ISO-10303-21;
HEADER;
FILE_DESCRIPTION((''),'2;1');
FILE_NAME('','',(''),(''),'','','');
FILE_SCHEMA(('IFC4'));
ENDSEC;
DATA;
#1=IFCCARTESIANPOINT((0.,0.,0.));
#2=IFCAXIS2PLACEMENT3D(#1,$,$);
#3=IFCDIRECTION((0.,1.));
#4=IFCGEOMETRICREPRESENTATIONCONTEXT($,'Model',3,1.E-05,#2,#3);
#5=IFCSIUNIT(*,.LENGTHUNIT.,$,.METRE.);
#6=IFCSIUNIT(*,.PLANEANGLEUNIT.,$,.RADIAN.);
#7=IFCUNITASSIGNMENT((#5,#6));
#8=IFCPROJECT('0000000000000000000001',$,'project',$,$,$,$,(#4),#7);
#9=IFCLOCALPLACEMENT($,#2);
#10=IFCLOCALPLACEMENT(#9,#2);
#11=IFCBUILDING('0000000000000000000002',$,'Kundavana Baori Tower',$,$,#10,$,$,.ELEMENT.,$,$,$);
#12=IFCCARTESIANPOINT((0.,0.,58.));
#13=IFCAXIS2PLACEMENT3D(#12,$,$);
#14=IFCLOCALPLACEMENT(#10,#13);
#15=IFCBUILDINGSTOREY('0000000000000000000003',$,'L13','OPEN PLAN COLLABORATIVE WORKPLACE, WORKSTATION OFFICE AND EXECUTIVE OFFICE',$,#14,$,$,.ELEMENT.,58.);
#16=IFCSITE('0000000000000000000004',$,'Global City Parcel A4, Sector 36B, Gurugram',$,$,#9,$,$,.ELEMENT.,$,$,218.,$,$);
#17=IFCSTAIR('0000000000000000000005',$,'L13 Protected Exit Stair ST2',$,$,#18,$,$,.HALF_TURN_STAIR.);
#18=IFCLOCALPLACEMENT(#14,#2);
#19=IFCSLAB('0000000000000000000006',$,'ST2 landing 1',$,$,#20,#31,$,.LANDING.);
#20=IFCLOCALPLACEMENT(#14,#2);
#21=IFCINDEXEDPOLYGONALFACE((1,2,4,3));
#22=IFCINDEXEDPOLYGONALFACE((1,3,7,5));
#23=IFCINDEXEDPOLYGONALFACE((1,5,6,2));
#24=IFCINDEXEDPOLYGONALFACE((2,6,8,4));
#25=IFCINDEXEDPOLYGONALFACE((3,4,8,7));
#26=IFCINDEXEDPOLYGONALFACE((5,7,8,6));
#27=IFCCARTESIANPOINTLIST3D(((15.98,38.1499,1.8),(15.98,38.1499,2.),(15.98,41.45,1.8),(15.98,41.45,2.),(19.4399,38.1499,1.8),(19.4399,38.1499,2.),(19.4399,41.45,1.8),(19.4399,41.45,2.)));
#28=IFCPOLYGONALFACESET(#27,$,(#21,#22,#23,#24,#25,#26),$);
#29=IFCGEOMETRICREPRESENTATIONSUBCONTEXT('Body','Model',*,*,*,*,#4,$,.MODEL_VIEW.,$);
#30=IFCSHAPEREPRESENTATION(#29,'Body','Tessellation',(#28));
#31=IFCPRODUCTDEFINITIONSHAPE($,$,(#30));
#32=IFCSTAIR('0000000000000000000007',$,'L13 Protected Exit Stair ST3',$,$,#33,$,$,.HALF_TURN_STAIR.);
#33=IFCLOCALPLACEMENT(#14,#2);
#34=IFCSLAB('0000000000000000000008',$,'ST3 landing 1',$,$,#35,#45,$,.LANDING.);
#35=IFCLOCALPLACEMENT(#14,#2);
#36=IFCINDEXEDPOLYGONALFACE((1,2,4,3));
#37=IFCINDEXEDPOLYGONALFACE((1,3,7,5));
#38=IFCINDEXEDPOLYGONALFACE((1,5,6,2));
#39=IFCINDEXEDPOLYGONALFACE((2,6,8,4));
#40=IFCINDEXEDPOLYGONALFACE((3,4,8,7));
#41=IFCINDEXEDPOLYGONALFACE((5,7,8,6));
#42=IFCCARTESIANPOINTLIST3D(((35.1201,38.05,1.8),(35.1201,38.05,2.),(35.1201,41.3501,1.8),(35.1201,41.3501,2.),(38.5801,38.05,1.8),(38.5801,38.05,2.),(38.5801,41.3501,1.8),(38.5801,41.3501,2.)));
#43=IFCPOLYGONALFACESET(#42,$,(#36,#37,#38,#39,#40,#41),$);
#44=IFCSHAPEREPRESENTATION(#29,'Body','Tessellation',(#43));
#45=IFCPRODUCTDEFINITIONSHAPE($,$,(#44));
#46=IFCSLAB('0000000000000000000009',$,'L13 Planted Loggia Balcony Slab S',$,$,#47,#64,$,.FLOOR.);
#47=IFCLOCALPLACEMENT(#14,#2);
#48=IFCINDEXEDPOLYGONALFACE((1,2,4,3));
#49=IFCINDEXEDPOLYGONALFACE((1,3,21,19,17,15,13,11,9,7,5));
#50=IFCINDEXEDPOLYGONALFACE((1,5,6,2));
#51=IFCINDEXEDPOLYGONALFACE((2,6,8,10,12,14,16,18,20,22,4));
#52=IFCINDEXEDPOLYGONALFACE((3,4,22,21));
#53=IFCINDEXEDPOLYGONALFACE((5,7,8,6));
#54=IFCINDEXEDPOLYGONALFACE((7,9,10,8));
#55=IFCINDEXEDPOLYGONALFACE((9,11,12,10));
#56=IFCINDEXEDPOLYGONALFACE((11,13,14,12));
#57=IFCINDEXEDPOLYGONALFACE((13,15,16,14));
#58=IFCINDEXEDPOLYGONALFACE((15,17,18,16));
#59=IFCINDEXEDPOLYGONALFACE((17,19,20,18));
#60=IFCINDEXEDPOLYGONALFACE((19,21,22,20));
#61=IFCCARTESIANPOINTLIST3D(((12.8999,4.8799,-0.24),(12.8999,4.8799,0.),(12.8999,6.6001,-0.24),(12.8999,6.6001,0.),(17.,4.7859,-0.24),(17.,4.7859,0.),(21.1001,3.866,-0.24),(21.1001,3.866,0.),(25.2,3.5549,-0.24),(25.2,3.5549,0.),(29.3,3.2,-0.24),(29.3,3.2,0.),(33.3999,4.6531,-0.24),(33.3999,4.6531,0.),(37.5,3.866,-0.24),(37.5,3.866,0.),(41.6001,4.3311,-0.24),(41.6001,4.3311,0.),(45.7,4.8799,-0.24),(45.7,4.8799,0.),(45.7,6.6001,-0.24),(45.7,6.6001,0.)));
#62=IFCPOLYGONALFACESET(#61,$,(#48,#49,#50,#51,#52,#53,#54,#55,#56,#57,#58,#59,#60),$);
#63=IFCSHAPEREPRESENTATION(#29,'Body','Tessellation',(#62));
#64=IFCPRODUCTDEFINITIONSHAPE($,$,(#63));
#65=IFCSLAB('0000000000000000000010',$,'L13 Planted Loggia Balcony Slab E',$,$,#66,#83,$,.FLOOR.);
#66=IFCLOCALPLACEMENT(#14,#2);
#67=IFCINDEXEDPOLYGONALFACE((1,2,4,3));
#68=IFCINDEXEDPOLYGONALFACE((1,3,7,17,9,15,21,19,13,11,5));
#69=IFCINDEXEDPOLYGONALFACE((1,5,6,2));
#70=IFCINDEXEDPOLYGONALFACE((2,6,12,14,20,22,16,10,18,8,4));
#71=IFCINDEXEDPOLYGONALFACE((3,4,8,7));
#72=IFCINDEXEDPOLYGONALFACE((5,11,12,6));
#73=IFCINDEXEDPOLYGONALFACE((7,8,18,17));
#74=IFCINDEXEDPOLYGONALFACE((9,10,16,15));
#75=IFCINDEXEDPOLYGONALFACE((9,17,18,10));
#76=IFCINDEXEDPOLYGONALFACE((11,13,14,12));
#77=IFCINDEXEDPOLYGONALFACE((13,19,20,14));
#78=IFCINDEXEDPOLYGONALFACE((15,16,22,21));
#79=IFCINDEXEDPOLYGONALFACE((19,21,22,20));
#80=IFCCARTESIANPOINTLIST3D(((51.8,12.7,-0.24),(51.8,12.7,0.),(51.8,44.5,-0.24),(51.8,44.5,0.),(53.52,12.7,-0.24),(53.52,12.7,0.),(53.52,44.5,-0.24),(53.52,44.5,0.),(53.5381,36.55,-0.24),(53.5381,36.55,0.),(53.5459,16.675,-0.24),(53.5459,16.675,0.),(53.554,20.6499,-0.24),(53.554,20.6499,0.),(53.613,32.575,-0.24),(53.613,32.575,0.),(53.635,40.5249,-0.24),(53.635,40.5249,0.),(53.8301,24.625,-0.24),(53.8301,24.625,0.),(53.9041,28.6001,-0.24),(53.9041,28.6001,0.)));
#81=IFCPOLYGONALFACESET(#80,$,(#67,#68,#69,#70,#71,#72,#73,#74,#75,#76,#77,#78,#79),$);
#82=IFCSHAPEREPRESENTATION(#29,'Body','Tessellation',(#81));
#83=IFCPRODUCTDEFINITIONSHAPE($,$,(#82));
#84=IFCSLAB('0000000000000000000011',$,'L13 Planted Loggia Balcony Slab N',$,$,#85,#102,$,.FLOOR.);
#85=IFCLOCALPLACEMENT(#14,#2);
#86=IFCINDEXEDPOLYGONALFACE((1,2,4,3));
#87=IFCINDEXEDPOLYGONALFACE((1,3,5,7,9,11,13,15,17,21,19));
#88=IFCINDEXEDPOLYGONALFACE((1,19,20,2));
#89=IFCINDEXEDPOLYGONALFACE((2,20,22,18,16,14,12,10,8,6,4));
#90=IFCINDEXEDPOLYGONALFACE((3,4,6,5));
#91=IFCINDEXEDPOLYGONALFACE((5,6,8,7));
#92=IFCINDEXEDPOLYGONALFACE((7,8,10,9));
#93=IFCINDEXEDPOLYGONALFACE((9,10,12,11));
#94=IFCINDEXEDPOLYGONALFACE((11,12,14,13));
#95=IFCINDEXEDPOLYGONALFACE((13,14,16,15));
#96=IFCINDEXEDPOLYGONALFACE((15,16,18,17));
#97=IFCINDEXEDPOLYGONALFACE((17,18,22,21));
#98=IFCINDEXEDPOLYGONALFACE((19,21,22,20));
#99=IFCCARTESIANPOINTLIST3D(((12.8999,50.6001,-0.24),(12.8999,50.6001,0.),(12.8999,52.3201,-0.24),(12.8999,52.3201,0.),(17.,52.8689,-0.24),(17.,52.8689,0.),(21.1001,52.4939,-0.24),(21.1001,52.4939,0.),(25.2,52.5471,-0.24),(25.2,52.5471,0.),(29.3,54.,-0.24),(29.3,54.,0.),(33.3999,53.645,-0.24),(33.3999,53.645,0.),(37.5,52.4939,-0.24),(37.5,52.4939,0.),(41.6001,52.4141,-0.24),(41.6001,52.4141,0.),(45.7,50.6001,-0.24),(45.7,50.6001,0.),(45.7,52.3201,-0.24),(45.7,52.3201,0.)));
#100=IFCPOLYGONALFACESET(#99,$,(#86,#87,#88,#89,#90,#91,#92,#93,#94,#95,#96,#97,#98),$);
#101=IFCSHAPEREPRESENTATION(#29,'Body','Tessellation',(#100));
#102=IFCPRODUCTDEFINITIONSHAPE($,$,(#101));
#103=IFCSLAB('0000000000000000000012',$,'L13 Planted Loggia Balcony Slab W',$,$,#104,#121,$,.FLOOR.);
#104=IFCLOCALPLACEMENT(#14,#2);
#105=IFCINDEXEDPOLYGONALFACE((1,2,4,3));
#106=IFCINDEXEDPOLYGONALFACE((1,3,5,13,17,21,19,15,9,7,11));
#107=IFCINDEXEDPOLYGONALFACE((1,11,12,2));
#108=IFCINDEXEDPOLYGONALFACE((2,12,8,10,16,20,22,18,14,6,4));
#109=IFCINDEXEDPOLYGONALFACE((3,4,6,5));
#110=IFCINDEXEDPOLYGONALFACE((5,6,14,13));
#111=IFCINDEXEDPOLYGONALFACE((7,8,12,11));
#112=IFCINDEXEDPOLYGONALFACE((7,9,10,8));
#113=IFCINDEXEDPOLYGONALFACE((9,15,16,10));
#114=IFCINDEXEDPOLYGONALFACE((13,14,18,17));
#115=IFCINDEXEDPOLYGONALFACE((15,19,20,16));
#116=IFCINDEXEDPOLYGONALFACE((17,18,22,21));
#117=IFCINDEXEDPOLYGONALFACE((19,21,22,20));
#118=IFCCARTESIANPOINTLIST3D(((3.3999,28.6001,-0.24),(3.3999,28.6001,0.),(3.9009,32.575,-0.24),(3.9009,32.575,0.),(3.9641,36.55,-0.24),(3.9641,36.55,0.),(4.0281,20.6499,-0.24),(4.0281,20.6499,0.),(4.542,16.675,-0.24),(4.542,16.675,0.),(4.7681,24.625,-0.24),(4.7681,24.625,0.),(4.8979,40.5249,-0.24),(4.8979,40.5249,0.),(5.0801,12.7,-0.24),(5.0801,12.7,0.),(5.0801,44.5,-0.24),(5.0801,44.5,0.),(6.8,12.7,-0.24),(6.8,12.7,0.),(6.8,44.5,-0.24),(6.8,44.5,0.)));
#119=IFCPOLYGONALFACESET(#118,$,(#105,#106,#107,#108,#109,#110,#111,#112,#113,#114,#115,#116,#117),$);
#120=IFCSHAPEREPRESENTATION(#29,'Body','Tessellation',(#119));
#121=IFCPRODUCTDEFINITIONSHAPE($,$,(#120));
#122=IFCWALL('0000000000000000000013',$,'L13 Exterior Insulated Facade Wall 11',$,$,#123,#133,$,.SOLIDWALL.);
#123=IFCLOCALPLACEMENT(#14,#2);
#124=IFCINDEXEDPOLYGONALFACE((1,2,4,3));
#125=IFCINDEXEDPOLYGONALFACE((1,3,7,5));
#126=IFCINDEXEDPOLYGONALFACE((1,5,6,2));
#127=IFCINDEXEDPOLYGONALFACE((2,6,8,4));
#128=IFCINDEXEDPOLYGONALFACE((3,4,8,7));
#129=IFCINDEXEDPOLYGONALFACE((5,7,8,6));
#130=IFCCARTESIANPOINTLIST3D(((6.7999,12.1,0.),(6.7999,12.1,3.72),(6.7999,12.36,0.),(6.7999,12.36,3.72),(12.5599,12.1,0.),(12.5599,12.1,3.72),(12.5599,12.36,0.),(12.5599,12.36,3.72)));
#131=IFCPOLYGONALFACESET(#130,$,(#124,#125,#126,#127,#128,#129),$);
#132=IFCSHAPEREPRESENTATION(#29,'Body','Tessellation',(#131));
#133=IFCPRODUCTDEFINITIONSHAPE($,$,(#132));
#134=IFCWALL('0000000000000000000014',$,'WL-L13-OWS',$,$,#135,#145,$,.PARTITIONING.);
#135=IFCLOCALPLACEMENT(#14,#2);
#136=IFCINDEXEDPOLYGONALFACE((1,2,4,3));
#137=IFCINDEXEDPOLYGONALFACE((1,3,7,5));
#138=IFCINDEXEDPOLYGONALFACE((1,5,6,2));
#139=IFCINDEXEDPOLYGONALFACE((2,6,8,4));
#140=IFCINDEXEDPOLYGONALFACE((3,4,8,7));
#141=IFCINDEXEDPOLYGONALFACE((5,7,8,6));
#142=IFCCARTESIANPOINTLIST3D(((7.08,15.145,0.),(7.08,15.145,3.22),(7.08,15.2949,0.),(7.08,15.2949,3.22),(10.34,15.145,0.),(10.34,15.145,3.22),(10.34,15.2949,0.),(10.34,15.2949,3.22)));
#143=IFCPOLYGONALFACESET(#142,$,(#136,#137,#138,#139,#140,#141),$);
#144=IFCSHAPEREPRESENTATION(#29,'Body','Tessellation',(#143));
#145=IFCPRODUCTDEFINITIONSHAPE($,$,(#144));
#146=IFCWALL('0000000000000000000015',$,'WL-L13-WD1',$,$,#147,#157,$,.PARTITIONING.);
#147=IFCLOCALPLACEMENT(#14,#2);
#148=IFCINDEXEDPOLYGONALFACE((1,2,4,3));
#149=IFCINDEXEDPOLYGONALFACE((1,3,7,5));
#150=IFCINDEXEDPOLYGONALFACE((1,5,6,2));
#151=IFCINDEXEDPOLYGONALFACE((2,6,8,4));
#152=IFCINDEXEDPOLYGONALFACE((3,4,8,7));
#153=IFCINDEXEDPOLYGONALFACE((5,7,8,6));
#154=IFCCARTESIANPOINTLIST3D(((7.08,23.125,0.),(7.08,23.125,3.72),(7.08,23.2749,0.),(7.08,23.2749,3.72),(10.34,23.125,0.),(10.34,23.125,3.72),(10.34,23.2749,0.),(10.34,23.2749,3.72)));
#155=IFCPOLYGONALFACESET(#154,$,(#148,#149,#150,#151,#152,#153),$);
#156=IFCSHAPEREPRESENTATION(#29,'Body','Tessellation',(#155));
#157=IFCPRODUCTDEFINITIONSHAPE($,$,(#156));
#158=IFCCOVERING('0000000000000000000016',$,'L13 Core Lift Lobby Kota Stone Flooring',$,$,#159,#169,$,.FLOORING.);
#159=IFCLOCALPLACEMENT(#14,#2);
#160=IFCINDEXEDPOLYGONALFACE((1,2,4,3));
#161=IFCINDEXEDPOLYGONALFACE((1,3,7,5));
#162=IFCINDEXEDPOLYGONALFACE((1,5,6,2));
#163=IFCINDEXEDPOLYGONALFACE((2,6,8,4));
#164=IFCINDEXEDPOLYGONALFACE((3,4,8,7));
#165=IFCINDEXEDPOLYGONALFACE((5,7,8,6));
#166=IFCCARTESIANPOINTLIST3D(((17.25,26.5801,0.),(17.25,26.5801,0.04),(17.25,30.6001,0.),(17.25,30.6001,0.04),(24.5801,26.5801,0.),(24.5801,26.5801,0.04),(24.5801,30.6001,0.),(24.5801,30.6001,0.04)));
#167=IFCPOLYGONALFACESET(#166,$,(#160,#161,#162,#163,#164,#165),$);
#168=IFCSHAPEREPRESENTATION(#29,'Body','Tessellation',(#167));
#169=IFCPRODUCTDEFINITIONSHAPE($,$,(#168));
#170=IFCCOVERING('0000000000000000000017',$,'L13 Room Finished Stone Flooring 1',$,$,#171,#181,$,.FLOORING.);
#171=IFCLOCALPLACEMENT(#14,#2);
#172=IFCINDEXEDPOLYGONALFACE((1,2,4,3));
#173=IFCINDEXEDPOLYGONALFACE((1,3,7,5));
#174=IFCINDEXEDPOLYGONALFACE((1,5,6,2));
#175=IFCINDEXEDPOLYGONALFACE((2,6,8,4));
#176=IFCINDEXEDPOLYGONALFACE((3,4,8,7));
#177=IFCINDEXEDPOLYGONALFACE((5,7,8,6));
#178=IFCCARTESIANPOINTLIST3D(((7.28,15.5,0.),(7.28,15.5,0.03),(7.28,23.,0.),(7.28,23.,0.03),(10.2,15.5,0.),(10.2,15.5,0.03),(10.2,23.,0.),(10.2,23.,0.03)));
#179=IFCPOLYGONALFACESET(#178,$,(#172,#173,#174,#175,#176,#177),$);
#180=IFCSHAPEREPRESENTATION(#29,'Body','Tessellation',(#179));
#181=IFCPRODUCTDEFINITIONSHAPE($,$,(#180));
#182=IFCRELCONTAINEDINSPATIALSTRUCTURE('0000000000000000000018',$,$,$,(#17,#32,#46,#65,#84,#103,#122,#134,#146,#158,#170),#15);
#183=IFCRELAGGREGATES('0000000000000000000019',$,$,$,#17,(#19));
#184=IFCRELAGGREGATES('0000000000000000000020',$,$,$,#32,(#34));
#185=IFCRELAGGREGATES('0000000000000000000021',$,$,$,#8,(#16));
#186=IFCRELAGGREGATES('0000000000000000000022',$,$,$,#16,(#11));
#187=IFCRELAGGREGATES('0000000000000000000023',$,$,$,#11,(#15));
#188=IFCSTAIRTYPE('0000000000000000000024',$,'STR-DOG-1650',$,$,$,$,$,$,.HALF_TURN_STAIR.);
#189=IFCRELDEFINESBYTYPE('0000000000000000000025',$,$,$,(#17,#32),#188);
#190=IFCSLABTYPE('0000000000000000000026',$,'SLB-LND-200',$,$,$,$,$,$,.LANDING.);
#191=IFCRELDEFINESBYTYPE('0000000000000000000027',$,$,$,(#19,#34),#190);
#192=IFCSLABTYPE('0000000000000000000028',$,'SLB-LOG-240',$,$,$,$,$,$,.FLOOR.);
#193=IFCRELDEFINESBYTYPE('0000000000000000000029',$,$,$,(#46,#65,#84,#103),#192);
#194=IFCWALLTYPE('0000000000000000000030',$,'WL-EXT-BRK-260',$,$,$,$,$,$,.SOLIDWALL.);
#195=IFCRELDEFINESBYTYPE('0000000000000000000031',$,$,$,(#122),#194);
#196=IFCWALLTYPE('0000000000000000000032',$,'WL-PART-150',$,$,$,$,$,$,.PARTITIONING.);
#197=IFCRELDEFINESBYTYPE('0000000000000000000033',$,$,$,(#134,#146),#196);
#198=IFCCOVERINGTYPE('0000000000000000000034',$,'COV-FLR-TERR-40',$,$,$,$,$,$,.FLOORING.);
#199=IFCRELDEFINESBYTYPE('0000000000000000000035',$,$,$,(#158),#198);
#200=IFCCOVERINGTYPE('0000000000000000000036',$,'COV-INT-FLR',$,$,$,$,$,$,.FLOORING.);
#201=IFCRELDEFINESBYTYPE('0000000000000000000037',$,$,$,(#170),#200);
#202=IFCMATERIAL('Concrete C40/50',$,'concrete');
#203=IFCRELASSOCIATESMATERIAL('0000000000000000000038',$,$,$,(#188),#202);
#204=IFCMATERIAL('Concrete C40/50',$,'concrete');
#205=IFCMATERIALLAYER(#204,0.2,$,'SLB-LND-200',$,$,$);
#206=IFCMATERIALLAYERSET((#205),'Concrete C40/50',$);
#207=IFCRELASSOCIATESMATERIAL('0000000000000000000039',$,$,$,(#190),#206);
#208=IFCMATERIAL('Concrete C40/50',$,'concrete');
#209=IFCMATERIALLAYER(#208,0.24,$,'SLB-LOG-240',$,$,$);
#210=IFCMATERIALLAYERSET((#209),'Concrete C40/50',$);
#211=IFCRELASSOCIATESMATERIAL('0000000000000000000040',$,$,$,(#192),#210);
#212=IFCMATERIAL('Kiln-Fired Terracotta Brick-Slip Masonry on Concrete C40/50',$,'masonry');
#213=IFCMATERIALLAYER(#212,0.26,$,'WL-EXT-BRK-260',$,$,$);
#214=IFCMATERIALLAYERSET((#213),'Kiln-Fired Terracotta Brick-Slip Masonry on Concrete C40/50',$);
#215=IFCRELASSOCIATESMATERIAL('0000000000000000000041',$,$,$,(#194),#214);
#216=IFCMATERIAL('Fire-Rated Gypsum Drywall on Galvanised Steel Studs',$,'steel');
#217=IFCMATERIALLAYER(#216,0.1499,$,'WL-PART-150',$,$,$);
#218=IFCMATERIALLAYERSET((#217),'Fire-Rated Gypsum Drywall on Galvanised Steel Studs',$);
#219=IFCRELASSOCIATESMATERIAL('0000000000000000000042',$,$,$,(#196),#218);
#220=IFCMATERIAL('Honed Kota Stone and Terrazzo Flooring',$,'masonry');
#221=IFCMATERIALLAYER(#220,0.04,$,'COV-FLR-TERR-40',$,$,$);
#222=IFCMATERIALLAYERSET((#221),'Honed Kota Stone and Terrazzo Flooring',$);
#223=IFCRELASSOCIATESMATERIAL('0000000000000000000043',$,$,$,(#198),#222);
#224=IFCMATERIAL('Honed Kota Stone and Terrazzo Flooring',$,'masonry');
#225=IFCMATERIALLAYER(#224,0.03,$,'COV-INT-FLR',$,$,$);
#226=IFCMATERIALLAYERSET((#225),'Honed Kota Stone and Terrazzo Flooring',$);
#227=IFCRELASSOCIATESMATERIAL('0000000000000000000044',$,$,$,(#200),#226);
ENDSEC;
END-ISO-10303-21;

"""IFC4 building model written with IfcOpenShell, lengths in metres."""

from ifc_helpers import new_model, si_unit, direction, frame, frame_2d, origin, place, context, subcontext, project, spatial, polyline, rectangle, outline, extrude, material, layer, layer_set, type_object, element, aggregate, save


model = new_model("IFC4")

# Units and contexts
model_context = context("Model", 3, precision=1e-05, world=origin(), true_north=direction((0.0, 1.0)))
body_context = subcontext(model_context, "Body", "Model", "MODEL_VIEW")
ifc_project = project(units=[si_unit("LENGTHUNIT", "METRE"), si_unit("PLANEANGLEUNIT", "RADIAN")], contexts=[model_context])

# Site, building, storey
site_placement = place(None, origin())
site = spatial("IfcSite", under=ifc_project, at=site_placement, Name="Global City Parcel A4, Sector 36B, Gurugram", CompositionType="ELEMENT", RefElevation=218.0)
building_placement = place(site_placement, origin())
building = spatial("IfcBuilding", under=site, at=building_placement, Name="Kundavana Baori Tower", CompositionType="ELEMENT")
storey_placement = place(building_placement, frame((0.0, 0.0, 58.0)))
storey = spatial("IfcBuildingStorey", under=building, at=storey_placement, Name="L13", Description="OPEN PLAN COLLABORATIVE WORKPLACE, WORKSTATION OFFICE AND EXECUTIVE OFFICE", CompositionType="ELEMENT", Elevation=58.0)

# Stairs, slabs
ifc_material_1 = material(Name="Concrete C40/50", Category="concrete")
stair_type = type_object("IfcStairType", Name="STR-DOG-1650", PredefinedType="HALF_TURN_STAIR", material=ifc_material_1)
ifc_material_2 = material(Name="Concrete C40/50", Category="concrete")
ifc_layer_1 = layer(ifc_material_2, 0.2, Name="SLB-LND-200")
ifc_layer_set_1 = layer_set([ifc_layer_1], Name="Concrete C40/50")
slab_type_1 = type_object("IfcSlabType", Name="SLB-LND-200", PredefinedType="LANDING", material=ifc_layer_set_1)
stair_1_placement = place(storey_placement, origin())
stair_1 = element("IfcStair", 1, at=stair_1_placement, inside=storey, type_object=stair_type, Name="L13 Protected Exit Stair ST2", PredefinedType="HALF_TURN_STAIR")
slab_1_placement = place(storey_placement, frame((0.0, 0.0, 1.8)))
slab_1 = element("IfcSlab", 2, at=slab_1_placement, type_object=slab_type_1, Name="ST2 landing 1", PredefinedType="LANDING", context=body_context, shape_type="SweptSolid", body=[
    extrude(outline(polyline([(19.4399, 38.1499), (19.4399, 41.45), (15.98, 41.45), (15.98, 38.1499), (19.4399, 38.1499)])), origin(), (0.0, 0.0, 1.0), 0.2),
])
aggregate(stair_1, [slab_1])
stair_2_placement = place(storey_placement, origin())
stair_2 = element("IfcStair", 3, at=stair_2_placement, inside=storey, type_object=stair_type, Name="L13 Protected Exit Stair ST3", PredefinedType="HALF_TURN_STAIR")
slab_2_placement = place(storey_placement, frame((0.0, 0.0, 1.8)))
slab_2 = element("IfcSlab", 4, at=slab_2_placement, type_object=slab_type_1, Name="ST3 landing 1", PredefinedType="LANDING", context=body_context, shape_type="SweptSolid", body=[
    extrude(outline(polyline([(38.5801, 38.05), (38.5801, 41.3501), (35.1201, 41.3501), (35.1201, 38.05), (38.5801, 38.05)])), origin(), (0.0, 0.0, 1.0), 0.2),
])
aggregate(stair_2, [slab_2])

# Slabs
ifc_material_3 = material(Name="Concrete C40/50", Category="concrete")
ifc_layer_2 = layer(ifc_material_3, 0.24, Name="SLB-LOG-240")
ifc_layer_set_2 = layer_set([ifc_layer_2], Name="Concrete C40/50")
slab_type_2 = type_object("IfcSlabType", Name="SLB-LOG-240", PredefinedType="FLOOR", material=ifc_layer_set_2)
slab_3_placement = place(storey_placement, frame((0.0, 0.0, -0.24)))
element("IfcSlab", 5, at=slab_3_placement, inside=storey, type_object=slab_type_2, Name="L13 Planted Loggia Balcony Slab S", PredefinedType="FLOOR", context=body_context, shape_type="SweptSolid", body=[
    extrude(outline(polyline([(12.8999, 6.6001), (45.7, 6.6001), (45.7, 4.8799), (41.6001, 4.3311), (37.5, 3.866), (33.3999, 4.6531), (29.3, 3.2), (25.2, 3.5549), (21.1001, 3.866), (17.0, 4.7859), (12.8999, 4.8799), (12.8999, 6.6001)])), origin(), (0.0, 0.0, 1.0), 0.24),
])
slab_4_placement = place(storey_placement, frame((0.0, 0.0, -0.24)))
element("IfcSlab", 6, at=slab_4_placement, inside=storey, type_object=slab_type_2, Name="L13 Planted Loggia Balcony Slab E", PredefinedType="FLOOR", context=body_context, shape_type="SweptSolid", body=[
    extrude(outline(polyline([(51.8, 12.7), (51.8, 44.5), (53.52, 44.5), (53.635, 40.5249), (53.5381, 36.55), (53.613, 32.575), (53.9041, 28.6001), (53.8301, 24.625), (53.554, 20.6499), (53.5459, 16.675), (53.52, 12.7), (51.8, 12.7)])), origin(), (0.0, 0.0, 1.0), 0.24),
])
slab_5_placement = place(storey_placement, frame((0.0, 0.0, -0.24)))
element("IfcSlab", 7, at=slab_5_placement, inside=storey, type_object=slab_type_2, Name="L13 Planted Loggia Balcony Slab N", PredefinedType="FLOOR", context=body_context, shape_type="SweptSolid", body=[
    extrude(outline(polyline([(45.7, 50.6001), (12.8999, 50.6001), (12.8999, 52.3201), (17.0, 52.8689), (21.1001, 52.4939), (25.2, 52.5471), (29.3, 54.0), (33.3999, 53.645), (37.5, 52.4939), (41.6001, 52.4141), (45.7, 52.3201), (45.7, 50.6001)])), origin(), (0.0, 0.0, 1.0), 0.24),
])
slab_6_placement = place(storey_placement, frame((0.0, 0.0, -0.24)))
element("IfcSlab", 8, at=slab_6_placement, inside=storey, type_object=slab_type_2, Name="L13 Planted Loggia Balcony Slab W", PredefinedType="FLOOR", context=body_context, shape_type="SweptSolid", body=[
    extrude(outline(polyline([(6.8, 44.5), (6.8, 12.7), (5.0801, 12.7), (4.542, 16.675), (4.0281, 20.6499), (4.7681, 24.625), (3.3999, 28.6001), (3.9009, 32.575), (3.9641, 36.55), (4.8979, 40.5249), (5.0801, 44.5), (6.8, 44.5)])), origin(), (0.0, 0.0, 1.0), 0.24),
])

# Walls
ifc_material_4 = material(Name="Kiln-Fired Terracotta Brick-Slip Masonry on Concrete C40/50", Category="masonry")
ifc_layer_3 = layer(ifc_material_4, 0.26, Name="WL-EXT-BRK-260")
ifc_layer_set_3 = layer_set([ifc_layer_3], Name="Kiln-Fired Terracotta Brick-Slip Masonry on Concrete C40/50")
wall_type_1 = type_object("IfcWallType", Name="WL-EXT-BRK-260", PredefinedType="SOLIDWALL", material=ifc_layer_set_3)
wall_1_placement = place(storey_placement, frame((6.8, 12.23, 0.0), z_axis=(0.0, 0.0, 1.0), x_axis=(1.0, 0.0, 0.0)))
element("IfcWall", 9, at=wall_1_placement, inside=storey, type_object=wall_type_1, Name="L13 Exterior Insulated Facade Wall 11", PredefinedType="SOLIDWALL", context=body_context, shape_type="SweptSolid", body=[
    extrude(rectangle(XDim=5.76, YDim=0.26, at=frame_2d((2.8799, 0.0))), origin(), (0.0, 0.0, 1.0), 3.72),
])
ifc_material_5 = material(Name="Fire-Rated Gypsum Drywall on Galvanised Steel Studs", Category="steel")
ifc_layer_4 = layer(ifc_material_5, 0.1499, Name="WL-PART-150")
ifc_layer_set_4 = layer_set([ifc_layer_4], Name="Fire-Rated Gypsum Drywall on Galvanised Steel Studs")
wall_type_2 = type_object("IfcWallType", Name="WL-PART-150", PredefinedType="PARTITIONING", material=ifc_layer_set_4)
wall_2_placement = place(storey_placement, frame((7.0801, 15.22, 0.0), z_axis=(0.0, 0.0, 1.0), x_axis=(1.0, 0.0, 0.0)))
element("IfcWall", 10, at=wall_2_placement, inside=storey, type_object=wall_type_2, Name="WL-L13-OWS", PredefinedType="PARTITIONING", context=body_context, shape_type="SweptSolid", body=[
    extrude(rectangle(XDim=3.26, YDim=0.1499, at=frame_2d((1.6299, 0.0))), origin(), (0.0, 0.0, 1.0), 3.22),
])
wall_3_placement = place(storey_placement, frame((7.0801, 23.2, 0.0), z_axis=(0.0, 0.0, 1.0), x_axis=(1.0, 0.0, 0.0)))
element("IfcWall", 11, at=wall_3_placement, inside=storey, type_object=wall_type_2, Name="WL-L13-WD1", PredefinedType="PARTITIONING", context=body_context, shape_type="SweptSolid", body=[
    extrude(rectangle(XDim=3.26, YDim=0.1499, at=frame_2d((1.6299, 0.0))), origin(), (0.0, 0.0, 1.0), 3.72),
])

# Coverings
ifc_material_6 = material(Name="Honed Kota Stone and Terrazzo Flooring", Category="masonry")
ifc_layer_5 = layer(ifc_material_6, 0.04, Name="COV-FLR-TERR-40")
ifc_layer_set_5 = layer_set([ifc_layer_5], Name="Honed Kota Stone and Terrazzo Flooring")
covering_type_1 = type_object("IfcCoveringType", Name="COV-FLR-TERR-40", PredefinedType="FLOORING", material=ifc_layer_set_5)
covering_1_placement = place(storey_placement, origin())
element("IfcCovering", 12, at=covering_1_placement, inside=storey, type_object=covering_type_1, Name="L13 Core Lift Lobby Kota Stone Flooring", PredefinedType="FLOORING", context=body_context, shape_type="SweptSolid", body=[
    extrude(outline(polyline([(17.25, 26.5801), (24.5801, 26.5801), (24.5801, 30.6001), (17.25, 30.6001), (17.25, 26.5801)])), origin(), (0.0, 0.0, 1.0), 0.04),
])
ifc_material_7 = material(Name="Honed Kota Stone and Terrazzo Flooring", Category="masonry")
ifc_layer_6 = layer(ifc_material_7, 0.03, Name="COV-INT-FLR")
ifc_layer_set_6 = layer_set([ifc_layer_6], Name="Honed Kota Stone and Terrazzo Flooring")
covering_type_2 = type_object("IfcCoveringType", Name="COV-INT-FLR", PredefinedType="FLOORING", material=ifc_layer_set_6)
covering_2_placement = place(storey_placement, origin())
element("IfcCovering", 13, at=covering_2_placement, inside=storey, type_object=covering_type_2, Name="L13 Room Finished Stone Flooring 1", PredefinedType="FLOORING", context=body_context, shape_type="SweptSolid", body=[
    extrude(outline(polyline([(7.28, 15.5), (10.2, 15.5), (10.2, 23.0), (7.28, 23.0), (7.28, 15.5)])), origin(), (0.0, 0.0, 1.0), 0.03),
])

save(model, "model.ifc")
